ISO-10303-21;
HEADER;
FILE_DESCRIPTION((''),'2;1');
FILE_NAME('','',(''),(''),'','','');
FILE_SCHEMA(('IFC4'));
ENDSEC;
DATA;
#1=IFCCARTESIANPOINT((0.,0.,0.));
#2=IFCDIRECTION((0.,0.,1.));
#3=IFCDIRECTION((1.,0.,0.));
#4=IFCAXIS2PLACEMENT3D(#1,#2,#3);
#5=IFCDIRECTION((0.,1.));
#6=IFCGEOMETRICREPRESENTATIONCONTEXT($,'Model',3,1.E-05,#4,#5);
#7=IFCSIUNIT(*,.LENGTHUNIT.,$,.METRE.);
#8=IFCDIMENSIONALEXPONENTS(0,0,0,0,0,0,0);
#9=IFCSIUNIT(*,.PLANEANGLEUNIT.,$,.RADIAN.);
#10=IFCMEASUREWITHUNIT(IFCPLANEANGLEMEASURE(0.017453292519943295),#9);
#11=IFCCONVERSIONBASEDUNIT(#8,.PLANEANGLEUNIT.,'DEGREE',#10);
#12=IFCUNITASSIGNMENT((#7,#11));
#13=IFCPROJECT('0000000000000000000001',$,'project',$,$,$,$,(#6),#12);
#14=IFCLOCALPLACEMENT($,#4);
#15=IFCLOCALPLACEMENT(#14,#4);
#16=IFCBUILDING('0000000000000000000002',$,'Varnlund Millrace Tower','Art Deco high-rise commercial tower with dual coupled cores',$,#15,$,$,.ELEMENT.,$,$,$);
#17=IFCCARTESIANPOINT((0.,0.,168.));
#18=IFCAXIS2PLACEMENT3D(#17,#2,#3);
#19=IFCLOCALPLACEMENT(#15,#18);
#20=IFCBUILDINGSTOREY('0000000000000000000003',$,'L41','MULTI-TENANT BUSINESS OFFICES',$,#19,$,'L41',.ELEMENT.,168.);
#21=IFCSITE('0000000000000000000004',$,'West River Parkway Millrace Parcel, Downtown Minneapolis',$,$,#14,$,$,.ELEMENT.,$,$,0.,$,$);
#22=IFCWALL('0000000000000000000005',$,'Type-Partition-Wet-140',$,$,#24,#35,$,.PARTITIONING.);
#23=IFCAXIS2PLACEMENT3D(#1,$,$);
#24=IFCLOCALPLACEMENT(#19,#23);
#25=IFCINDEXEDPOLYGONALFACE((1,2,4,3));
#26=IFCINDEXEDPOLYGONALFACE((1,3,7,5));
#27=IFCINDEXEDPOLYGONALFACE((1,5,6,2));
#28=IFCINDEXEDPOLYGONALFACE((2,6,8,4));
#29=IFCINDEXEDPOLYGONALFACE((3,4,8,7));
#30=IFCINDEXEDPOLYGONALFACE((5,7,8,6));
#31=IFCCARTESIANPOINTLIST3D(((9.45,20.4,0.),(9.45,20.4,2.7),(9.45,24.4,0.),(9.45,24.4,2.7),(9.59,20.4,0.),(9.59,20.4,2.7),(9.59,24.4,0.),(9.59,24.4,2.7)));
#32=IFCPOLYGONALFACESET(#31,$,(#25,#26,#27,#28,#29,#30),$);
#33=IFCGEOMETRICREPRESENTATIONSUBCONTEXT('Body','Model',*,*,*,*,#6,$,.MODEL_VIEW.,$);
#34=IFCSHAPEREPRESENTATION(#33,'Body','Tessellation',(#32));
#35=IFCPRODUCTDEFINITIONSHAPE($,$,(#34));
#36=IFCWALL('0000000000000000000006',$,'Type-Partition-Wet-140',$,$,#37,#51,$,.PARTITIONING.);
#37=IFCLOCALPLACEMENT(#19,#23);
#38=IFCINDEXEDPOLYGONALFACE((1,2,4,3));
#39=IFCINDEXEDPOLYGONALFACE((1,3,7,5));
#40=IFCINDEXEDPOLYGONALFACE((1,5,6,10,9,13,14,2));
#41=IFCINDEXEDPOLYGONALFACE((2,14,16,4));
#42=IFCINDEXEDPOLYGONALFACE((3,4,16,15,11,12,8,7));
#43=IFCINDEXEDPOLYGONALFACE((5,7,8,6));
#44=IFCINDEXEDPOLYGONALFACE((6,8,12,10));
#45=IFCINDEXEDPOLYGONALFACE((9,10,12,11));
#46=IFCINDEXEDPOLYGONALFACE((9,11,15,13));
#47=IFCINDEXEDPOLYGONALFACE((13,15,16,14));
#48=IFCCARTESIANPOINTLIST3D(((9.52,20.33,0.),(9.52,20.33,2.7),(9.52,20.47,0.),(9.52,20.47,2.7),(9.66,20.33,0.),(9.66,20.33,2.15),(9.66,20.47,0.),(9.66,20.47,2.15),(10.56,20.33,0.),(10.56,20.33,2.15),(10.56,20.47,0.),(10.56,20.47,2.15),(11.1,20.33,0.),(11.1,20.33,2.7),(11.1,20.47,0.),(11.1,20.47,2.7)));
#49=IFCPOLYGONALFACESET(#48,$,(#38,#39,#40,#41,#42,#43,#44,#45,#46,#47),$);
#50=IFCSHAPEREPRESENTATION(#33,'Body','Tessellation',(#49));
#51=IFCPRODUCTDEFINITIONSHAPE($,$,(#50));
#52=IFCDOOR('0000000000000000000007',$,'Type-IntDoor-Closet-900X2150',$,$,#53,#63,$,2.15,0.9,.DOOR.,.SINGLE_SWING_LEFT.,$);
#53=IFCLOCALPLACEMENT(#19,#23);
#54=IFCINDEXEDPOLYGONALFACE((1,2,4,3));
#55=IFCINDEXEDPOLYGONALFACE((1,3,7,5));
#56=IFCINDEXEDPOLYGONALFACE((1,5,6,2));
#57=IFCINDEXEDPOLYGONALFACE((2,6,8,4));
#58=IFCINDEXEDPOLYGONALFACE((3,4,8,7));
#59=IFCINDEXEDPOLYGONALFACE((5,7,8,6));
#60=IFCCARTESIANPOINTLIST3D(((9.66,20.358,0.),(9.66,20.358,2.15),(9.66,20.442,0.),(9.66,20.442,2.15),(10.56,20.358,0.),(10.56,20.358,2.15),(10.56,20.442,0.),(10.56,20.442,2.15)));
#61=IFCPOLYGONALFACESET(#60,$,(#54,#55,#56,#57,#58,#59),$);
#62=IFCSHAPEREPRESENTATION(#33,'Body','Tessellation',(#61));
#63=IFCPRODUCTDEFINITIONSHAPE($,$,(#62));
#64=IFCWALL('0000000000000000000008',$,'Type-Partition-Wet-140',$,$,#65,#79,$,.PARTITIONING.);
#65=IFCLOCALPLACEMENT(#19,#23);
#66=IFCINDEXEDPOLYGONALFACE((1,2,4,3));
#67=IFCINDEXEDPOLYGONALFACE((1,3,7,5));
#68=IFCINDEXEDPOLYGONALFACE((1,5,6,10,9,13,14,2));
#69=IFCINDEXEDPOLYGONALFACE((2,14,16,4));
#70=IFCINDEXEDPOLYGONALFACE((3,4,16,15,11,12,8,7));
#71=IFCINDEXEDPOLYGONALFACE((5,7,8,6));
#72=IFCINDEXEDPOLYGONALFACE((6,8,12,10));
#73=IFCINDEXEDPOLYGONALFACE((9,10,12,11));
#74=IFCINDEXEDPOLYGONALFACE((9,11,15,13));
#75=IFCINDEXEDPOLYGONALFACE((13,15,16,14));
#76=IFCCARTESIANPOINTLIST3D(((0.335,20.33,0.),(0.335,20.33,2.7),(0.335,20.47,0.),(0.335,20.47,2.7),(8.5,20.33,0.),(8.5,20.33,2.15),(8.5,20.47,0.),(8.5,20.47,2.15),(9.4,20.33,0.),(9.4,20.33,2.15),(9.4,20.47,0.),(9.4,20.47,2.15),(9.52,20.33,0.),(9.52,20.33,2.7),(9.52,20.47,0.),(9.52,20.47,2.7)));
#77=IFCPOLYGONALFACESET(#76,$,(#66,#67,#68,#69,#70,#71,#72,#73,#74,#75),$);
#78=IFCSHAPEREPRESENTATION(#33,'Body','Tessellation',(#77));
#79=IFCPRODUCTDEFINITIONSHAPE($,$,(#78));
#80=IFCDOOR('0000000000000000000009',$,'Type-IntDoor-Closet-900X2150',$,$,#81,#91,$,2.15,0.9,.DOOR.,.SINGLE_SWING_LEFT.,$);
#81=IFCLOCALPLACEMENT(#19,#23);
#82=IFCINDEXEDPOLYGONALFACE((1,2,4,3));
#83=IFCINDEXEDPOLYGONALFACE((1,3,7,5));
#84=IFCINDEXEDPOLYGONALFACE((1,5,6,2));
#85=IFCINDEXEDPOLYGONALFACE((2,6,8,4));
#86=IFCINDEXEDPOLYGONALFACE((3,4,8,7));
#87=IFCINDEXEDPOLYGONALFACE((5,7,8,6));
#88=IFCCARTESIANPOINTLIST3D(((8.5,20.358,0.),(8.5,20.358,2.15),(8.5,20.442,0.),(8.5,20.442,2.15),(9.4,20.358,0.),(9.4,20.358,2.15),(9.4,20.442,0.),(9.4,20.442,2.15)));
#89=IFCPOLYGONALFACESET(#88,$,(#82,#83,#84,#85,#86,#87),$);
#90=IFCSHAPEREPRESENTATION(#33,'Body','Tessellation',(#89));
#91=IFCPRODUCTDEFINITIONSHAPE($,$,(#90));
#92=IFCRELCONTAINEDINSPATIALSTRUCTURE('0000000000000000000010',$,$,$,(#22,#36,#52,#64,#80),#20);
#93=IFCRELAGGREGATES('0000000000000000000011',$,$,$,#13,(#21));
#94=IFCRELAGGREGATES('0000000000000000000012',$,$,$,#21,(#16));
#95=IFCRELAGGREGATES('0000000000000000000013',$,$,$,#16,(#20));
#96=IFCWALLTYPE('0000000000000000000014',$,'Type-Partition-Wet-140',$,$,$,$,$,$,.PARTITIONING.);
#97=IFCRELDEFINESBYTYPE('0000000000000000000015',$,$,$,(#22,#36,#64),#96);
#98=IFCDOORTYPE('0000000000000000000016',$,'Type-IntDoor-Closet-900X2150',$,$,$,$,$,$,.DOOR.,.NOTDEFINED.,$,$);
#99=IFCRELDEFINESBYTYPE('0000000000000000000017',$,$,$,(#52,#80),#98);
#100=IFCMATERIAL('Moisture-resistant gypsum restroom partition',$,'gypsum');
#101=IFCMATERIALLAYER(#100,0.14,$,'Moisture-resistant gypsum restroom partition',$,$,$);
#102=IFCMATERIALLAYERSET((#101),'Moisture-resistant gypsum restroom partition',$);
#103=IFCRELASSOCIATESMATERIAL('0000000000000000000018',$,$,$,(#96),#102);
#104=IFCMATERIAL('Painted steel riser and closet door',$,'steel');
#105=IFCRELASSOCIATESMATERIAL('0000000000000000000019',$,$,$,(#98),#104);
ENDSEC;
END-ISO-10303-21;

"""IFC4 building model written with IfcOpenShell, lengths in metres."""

from ifc_helpers import new_model, entity, si_unit, converted_unit, direction, frame, origin_with_axes, origin_2d_with_axis, place, context, subcontext, project, spatial, polyline, rectangle, outline, extrude, material, layer, layer_set, type_object, element, fill, save


model = new_model("IFC4")

# Units and contexts
model_context = context("Model", 3, precision=1e-05, world=origin_with_axes(), true_north=direction((0.0, 1.0)))
body_context = subcontext(model_context, "Body", "Model", "MODEL_VIEW")
ifc_project = project(units=[si_unit("LENGTHUNIT", "METRE"), converted_unit("PLANEANGLEUNIT", "DEGREE", entity("IfcPlaneAngleMeasure", 0.017453292519943295), si_unit("PLANEANGLEUNIT", "RADIAN"), dimensions=[0, 0, 0, 0, 0, 0, 0])], contexts=[model_context])

# Site, building, storey
site_placement = place(None, origin_with_axes())
site = spatial("IfcSite", under=ifc_project, at=site_placement, Name="West River Parkway Millrace Parcel, Downtown Minneapolis", CompositionType="ELEMENT", RefElevation=0.0)
building_placement = place(site_placement, origin_with_axes())
building = spatial("IfcBuilding", under=site, at=building_placement, Name="Varnlund Millrace Tower", Description="Art Deco high-rise commercial tower with dual coupled cores", CompositionType="ELEMENT")
storey_placement = place(building_placement, frame((0.0, 0.0, 168.0), z_axis=(0.0, 0.0, 1.0), x_axis=(1.0, 0.0, 0.0)))
storey = spatial("IfcBuildingStorey", under=building, at=storey_placement, Name="L41", Description="MULTI-TENANT BUSINESS OFFICES", LongName="L41", CompositionType="ELEMENT", Elevation=168.0)

# Wall
ifc_material_1 = material(Name="Moisture-resistant gypsum restroom partition", Category="gypsum")
ifc_layer_1 = layer(ifc_material_1, 0.14, Name="Moisture-resistant gypsum restroom partition")
ifc_layer_set_1 = layer_set([ifc_layer_1], Name="Moisture-resistant gypsum restroom partition")
wall_type_1 = type_object("IfcWallType", Name="Type-Partition-Wet-140", PredefinedType="PARTITIONING", material=ifc_layer_set_1)
wall_1_placement = place(storey_placement, frame((9.52, 20.4, 0.0), z_axis=(0.0, 0.0, 1.0), x_axis=(0.0, 1.0, 0.0)))
element("IfcWall", 1, at=wall_1_placement, inside=storey, type_object=wall_type_1, Name="Type-Partition-Wet-140", PredefinedType="PARTITIONING", context=body_context, shape_type="SweptSolid", body=[
    extrude(outline(polyline([(0.0, -0.07), (4.0, -0.07), (4.0, 0.07), (0.0, 0.07), (0.0, -0.07)])), origin_with_axes(), (0.0, 0.0, 1.0), 2.7),
])

# Walls, openings, doors
wall_2_placement = place(storey_placement, frame((9.52, 20.4, 0.0), z_axis=(0.0, 0.0, 1.0), x_axis=(1.0, 0.0, 0.0)))
wall_2 = element("IfcWall", 2, at=wall_2_placement, inside=storey, type_object=wall_type_1, Name="Type-Partition-Wet-140", PredefinedType="PARTITIONING", context=body_context, shape_type="SweptSolid", body=[
    extrude(outline(polyline([(0.0, -0.07), (1.58, -0.07), (1.58, 0.07), (0.0, 0.07), (0.0, -0.07)])), origin_with_axes(), (0.0, 0.0, 1.0), 2.7),
])
opening_1_placement = place(wall_2_placement, frame((0.59, 0.0, 0.0), z_axis=(0.0, 0.0, 1.0), x_axis=(1.0, 0.0, 0.0)))
opening_1 = element("IfcOpeningElement", 3, at=opening_1_placement, cuts=wall_2, PredefinedType="OPENING", context=body_context, shape_type="SweptSolid", body=[
    extrude(rectangle(XDim=0.9, YDim=0.16, at=origin_2d_with_axis()), origin_with_axes(), (0.0, 0.0, 1.0), 2.15),
])
ifc_material_2 = material(Name="Painted steel riser and closet door", Category="steel")
door_type_1 = type_object("IfcDoorType", Name="Type-IntDoor-Closet-900X2150", OperationType="NOTDEFINED", PredefinedType="DOOR", material=ifc_material_2)
door_1_placement = place(wall_2_placement, frame((0.59, 0.0, 0.0), z_axis=(0.0, 0.0, 1.0), x_axis=(1.0, 0.0, 0.0)))
door_1 = element("IfcDoor", 4, at=door_1_placement, inside=storey, type_object=door_type_1, Name="Type-IntDoor-Closet-900X2150", OperationType="SINGLE_SWING_LEFT", OverallHeight=2.15, OverallWidth=0.9, PredefinedType="DOOR", context=body_context, shape_type="SweptSolid", body=[
    extrude(rectangle(XDim=0.9, YDim=0.084, at=origin_2d_with_axis()), origin_with_axes(), (0.0, 0.0, 1.0), 2.15),
])
fill(opening_1, door_1)
wall_3_placement = place(storey_placement, frame((0.335, 20.4, 0.0), z_axis=(0.0, 0.0, 1.0), x_axis=(1.0, 0.0, 0.0)))
wall_3 = element("IfcWall", 5, at=wall_3_placement, inside=storey, type_object=wall_type_1, Name="Type-Partition-Wet-140", PredefinedType="PARTITIONING", context=body_context, shape_type="SweptSolid", body=[
    extrude(outline(polyline([(0.0, -0.07), (9.185, -0.07), (9.185, 0.07), (0.0, 0.07), (0.0, -0.07)])), origin_with_axes(), (0.0, 0.0, 1.0), 2.7),
])
opening_2_placement = place(wall_3_placement, frame((8.615, 0.0, 0.0), z_axis=(0.0, 0.0, 1.0), x_axis=(1.0, 0.0, 0.0)))
opening_2 = element("IfcOpeningElement", 6, at=opening_2_placement, cuts=wall_3, PredefinedType="OPENING", context=body_context, shape_type="SweptSolid", body=[
    extrude(rectangle(XDim=0.9, YDim=0.16, at=origin_2d_with_axis()), origin_with_axes(), (0.0, 0.0, 1.0), 2.15),
])
door_2_placement = place(wall_3_placement, frame((8.615, 0.0, 0.0), z_axis=(0.0, 0.0, 1.0), x_axis=(1.0, 0.0, 0.0)))
door_2 = element("IfcDoor", 7, at=door_2_placement, inside=storey, type_object=door_type_1, Name="Type-IntDoor-Closet-900X2150", OperationType="SINGLE_SWING_LEFT", OverallHeight=2.15, OverallWidth=0.9, PredefinedType="DOOR", context=body_context, shape_type="SweptSolid", body=[
    extrude(rectangle(XDim=0.9, YDim=0.084, at=origin_2d_with_axis()), origin_with_axes(), (0.0, 0.0, 1.0), 2.15),
])
fill(opening_2, door_2)

save(model, "model.ifc")
